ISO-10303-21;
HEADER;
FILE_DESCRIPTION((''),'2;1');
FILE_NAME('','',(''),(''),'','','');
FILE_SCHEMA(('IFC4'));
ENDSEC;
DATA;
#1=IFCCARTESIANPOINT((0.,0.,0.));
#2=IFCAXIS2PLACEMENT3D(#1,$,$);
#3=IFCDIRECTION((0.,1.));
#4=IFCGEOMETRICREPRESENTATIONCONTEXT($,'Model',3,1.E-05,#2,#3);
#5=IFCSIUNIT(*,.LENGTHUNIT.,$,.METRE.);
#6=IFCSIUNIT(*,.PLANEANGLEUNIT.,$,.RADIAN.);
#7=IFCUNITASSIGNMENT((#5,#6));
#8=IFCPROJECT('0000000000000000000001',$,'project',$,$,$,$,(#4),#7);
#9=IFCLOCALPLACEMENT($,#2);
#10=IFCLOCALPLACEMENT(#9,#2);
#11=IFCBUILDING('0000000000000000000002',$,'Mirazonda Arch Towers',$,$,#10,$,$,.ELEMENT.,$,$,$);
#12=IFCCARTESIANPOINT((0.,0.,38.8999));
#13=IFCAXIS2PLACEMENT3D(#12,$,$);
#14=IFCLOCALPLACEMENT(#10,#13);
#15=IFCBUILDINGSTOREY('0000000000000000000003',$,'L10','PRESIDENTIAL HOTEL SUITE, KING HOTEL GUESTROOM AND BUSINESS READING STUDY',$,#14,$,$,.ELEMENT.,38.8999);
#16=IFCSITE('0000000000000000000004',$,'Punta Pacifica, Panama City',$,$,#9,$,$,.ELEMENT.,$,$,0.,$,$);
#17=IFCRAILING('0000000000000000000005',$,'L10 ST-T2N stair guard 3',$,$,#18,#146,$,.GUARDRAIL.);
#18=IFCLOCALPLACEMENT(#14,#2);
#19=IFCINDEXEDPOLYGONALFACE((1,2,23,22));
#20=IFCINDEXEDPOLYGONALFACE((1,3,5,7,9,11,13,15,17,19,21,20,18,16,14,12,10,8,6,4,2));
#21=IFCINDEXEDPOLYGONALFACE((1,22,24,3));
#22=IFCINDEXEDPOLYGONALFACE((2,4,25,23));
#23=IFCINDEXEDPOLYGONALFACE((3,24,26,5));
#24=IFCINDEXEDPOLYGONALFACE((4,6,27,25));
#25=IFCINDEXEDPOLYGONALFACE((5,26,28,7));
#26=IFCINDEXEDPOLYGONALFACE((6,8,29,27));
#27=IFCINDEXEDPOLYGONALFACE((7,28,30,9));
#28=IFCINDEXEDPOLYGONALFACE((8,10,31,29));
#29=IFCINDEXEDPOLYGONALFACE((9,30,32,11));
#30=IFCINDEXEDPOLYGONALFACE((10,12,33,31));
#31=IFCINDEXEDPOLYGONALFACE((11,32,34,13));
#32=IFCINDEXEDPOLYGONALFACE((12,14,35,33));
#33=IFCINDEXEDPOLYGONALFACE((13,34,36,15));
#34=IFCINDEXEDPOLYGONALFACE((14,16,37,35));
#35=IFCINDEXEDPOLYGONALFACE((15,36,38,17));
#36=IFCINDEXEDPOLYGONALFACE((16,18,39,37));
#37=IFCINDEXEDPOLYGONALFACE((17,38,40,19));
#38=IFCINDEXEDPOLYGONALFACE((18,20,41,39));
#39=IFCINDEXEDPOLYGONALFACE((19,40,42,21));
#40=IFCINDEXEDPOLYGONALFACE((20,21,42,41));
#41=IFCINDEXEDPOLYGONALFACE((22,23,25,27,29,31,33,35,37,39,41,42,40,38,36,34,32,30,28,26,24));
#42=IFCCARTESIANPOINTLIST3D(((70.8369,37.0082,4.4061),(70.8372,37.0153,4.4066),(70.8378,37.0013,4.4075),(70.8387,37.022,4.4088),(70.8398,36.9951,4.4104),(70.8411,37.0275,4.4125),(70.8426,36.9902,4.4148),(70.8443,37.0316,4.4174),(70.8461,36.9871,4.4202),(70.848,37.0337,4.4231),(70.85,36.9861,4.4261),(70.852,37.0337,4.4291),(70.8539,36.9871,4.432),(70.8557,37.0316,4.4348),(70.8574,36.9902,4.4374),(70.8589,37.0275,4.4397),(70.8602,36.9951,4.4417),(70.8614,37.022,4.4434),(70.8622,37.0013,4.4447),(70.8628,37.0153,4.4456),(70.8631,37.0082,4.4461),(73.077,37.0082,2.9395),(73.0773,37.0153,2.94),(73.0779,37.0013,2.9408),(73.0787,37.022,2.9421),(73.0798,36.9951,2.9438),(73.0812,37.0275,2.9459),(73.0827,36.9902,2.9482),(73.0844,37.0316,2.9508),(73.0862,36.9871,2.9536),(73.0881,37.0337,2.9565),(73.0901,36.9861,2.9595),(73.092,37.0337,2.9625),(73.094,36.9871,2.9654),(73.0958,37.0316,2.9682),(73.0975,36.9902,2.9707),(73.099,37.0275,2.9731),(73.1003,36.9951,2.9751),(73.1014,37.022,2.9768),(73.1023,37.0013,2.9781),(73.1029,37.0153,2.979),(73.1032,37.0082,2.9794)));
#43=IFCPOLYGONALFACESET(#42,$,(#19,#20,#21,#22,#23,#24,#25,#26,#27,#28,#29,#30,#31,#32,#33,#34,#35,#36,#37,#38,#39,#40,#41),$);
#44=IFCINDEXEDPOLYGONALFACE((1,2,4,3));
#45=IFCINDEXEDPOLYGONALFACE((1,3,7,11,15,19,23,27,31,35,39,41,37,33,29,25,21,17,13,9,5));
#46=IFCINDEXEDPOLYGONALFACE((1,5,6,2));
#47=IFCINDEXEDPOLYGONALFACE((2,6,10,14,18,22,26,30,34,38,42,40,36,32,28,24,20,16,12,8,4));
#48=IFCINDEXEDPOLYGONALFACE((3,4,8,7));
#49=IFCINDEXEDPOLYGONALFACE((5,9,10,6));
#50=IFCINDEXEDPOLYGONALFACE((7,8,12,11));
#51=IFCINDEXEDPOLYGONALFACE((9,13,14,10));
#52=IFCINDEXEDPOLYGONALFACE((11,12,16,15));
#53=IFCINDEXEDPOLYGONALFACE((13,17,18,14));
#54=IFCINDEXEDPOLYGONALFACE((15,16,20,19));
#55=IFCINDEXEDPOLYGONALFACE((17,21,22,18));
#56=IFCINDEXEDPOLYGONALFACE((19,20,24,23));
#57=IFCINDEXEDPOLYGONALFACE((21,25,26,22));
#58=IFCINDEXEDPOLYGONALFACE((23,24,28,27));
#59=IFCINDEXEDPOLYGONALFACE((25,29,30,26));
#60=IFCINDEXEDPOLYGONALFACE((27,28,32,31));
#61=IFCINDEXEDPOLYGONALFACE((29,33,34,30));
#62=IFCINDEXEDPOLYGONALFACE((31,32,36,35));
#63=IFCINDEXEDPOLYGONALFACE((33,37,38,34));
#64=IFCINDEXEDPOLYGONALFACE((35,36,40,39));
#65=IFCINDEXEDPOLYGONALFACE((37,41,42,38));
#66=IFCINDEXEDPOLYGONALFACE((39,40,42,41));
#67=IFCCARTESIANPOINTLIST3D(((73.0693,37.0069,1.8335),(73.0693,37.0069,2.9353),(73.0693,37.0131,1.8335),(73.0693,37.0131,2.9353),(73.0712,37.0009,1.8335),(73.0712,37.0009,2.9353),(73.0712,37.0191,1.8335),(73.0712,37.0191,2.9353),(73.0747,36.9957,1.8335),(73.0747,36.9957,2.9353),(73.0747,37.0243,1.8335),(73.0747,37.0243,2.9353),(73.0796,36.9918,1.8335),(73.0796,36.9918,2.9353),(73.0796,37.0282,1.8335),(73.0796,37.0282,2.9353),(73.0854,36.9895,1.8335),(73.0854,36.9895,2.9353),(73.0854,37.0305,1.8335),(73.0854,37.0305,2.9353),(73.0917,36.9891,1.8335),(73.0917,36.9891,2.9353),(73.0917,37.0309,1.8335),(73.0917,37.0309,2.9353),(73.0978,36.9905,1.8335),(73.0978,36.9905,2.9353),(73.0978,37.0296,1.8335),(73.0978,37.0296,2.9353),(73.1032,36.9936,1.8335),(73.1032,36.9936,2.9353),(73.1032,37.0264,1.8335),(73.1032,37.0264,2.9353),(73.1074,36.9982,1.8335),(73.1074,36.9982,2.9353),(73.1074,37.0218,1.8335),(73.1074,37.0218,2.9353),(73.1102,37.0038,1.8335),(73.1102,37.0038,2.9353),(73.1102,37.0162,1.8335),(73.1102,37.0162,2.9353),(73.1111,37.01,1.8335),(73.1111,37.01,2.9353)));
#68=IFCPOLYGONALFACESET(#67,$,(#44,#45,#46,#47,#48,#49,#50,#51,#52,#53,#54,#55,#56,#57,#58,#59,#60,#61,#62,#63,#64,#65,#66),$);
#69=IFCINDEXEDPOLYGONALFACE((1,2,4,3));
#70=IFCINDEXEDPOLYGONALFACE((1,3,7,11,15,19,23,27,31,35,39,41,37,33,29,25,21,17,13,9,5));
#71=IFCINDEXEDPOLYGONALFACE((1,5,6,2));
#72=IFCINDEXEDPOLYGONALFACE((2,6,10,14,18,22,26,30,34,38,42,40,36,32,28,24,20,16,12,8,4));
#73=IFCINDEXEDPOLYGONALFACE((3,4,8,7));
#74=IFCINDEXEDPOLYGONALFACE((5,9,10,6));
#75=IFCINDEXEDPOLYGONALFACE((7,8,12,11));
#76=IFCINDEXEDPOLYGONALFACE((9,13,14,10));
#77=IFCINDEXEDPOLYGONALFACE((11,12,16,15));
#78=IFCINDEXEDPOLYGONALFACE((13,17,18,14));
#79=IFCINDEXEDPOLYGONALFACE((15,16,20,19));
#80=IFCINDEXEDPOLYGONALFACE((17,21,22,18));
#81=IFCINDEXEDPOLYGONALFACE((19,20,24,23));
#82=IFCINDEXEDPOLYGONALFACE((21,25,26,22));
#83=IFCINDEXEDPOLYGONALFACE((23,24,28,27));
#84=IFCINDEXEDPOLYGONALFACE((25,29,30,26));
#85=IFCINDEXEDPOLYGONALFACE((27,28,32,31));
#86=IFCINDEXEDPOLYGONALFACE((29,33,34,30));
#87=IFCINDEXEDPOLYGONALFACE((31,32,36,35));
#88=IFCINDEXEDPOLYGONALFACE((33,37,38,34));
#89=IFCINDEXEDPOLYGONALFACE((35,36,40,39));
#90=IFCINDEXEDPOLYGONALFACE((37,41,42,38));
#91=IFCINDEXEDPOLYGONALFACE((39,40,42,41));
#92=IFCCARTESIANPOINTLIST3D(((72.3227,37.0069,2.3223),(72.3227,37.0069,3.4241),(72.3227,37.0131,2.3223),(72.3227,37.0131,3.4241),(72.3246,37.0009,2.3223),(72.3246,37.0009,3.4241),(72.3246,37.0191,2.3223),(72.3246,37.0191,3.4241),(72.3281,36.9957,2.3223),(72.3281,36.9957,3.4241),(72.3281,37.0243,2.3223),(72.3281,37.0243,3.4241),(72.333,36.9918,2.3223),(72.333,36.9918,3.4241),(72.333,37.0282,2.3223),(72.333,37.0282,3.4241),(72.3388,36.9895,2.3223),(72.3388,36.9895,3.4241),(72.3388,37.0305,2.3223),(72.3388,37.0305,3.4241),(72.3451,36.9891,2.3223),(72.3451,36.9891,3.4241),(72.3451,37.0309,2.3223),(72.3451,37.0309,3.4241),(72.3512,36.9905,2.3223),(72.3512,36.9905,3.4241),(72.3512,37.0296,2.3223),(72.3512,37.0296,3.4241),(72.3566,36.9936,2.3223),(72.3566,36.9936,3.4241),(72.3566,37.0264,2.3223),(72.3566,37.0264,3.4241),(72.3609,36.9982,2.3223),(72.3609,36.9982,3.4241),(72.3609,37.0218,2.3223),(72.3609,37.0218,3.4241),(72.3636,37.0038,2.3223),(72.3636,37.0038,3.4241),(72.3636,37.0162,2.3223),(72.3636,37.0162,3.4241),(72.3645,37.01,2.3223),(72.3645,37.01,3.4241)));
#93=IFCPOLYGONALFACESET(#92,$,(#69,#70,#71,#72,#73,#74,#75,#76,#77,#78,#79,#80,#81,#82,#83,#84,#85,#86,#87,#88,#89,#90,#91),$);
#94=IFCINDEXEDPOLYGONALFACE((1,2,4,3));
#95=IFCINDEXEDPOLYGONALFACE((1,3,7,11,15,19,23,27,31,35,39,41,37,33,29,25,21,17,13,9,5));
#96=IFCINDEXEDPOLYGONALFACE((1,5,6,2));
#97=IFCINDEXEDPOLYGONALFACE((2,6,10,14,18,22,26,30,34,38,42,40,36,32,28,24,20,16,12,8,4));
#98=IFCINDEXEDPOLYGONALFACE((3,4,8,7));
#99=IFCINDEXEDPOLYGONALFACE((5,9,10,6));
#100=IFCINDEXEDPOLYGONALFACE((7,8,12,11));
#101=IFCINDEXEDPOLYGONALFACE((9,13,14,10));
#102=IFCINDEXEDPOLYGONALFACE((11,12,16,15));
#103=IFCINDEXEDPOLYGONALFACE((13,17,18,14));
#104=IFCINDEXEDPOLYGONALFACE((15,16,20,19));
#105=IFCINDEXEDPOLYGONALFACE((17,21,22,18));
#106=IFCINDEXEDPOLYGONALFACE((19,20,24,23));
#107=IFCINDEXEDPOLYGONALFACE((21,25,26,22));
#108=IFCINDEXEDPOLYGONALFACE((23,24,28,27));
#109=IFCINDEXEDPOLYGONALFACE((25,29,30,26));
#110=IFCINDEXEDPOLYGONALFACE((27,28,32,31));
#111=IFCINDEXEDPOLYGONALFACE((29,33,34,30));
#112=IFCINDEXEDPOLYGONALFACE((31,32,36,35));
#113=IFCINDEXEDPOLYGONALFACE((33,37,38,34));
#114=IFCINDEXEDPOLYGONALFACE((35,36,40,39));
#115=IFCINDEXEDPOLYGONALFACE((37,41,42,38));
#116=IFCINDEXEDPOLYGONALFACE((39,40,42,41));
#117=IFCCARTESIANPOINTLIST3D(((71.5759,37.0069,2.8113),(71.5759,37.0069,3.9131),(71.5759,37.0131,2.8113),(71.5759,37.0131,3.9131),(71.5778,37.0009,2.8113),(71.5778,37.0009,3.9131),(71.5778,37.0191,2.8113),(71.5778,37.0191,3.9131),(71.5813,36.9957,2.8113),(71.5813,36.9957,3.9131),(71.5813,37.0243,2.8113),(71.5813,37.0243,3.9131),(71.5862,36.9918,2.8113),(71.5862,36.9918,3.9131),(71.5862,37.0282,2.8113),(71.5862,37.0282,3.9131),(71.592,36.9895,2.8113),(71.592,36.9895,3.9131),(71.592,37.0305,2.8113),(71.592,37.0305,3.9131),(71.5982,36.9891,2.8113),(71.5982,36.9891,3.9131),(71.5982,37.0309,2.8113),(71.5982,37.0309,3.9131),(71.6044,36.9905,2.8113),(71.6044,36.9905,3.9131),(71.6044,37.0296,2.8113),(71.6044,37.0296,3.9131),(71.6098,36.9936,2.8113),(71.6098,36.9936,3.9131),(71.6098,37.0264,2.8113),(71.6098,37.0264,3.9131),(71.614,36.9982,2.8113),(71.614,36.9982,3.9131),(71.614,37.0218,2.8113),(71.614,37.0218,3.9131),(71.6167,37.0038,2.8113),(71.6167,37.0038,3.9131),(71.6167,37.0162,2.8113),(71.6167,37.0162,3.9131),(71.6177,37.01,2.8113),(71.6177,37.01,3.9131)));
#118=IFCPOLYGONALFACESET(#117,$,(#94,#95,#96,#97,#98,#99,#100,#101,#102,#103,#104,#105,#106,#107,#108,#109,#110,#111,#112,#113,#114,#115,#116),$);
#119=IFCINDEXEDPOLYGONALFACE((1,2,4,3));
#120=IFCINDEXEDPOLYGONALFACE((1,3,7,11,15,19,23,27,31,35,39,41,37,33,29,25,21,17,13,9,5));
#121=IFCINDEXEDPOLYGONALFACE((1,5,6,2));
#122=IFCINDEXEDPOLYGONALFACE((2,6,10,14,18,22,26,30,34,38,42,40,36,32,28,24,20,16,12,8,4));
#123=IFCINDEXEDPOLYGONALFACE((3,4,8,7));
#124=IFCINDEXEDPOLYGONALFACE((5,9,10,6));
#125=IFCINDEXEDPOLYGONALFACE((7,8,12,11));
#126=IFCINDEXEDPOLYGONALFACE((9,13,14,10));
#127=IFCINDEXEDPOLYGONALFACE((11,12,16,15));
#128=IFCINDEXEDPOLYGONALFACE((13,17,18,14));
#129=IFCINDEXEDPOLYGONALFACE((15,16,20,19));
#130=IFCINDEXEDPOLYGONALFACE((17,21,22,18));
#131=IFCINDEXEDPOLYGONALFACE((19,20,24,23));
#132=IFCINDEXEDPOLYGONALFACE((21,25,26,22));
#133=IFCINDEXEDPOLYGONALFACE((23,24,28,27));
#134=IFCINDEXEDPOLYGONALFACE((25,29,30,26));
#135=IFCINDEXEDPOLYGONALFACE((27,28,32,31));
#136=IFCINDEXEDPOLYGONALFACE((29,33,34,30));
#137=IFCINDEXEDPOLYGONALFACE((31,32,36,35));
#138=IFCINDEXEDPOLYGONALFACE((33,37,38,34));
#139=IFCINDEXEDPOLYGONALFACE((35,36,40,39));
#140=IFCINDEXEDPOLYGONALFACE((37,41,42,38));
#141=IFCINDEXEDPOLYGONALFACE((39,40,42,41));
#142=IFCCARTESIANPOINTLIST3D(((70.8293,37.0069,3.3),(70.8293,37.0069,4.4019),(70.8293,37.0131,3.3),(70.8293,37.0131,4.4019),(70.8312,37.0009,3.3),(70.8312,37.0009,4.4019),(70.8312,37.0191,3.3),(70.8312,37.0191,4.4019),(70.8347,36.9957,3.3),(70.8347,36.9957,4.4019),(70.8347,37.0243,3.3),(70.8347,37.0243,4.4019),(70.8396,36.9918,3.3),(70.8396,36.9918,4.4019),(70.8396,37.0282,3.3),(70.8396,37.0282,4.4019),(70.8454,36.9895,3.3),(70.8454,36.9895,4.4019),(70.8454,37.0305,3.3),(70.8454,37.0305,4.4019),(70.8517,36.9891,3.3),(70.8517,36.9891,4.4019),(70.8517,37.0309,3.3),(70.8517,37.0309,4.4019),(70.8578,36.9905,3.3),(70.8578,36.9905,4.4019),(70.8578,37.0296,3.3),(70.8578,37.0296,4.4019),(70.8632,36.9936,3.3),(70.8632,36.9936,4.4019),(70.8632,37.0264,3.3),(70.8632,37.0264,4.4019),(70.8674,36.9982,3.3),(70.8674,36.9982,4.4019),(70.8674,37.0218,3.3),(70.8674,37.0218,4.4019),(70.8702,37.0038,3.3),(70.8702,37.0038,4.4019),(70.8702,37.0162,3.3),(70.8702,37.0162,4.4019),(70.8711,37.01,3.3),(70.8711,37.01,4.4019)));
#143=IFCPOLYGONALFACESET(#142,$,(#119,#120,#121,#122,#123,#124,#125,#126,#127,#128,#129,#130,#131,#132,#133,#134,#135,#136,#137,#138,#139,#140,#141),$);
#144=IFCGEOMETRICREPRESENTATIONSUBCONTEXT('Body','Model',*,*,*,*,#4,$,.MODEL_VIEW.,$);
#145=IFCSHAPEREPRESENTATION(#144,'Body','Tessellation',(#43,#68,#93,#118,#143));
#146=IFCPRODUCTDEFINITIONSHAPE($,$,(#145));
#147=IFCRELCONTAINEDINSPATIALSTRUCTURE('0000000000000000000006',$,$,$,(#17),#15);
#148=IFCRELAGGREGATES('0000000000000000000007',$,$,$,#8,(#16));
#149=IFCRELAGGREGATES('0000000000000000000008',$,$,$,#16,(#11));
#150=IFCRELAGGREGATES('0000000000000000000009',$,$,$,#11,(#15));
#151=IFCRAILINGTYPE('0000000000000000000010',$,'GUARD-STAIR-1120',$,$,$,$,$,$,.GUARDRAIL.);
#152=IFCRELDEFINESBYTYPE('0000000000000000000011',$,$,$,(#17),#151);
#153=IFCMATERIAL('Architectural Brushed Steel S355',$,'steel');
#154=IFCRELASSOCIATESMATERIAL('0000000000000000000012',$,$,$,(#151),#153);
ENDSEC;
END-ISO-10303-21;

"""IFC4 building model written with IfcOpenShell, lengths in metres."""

from ifc_helpers import new_model, si_unit, direction, frame, origin, origin_2d, place, context, subcontext, project, spatial, circle, extrude, material, type_object, element, save


model = new_model("IFC4")

# Units and contexts
model_context = context("Model", 3, precision=1e-05, world=origin(), true_north=direction((0.0, 1.0)))
body_context = subcontext(model_context, "Body", "Model", "MODEL_VIEW")
ifc_project = project(units=[si_unit("LENGTHUNIT", "METRE"), si_unit("PLANEANGLEUNIT", "RADIAN")], contexts=[model_context])

# Site, building, storey
site_placement = place(None, origin())
site = spatial("IfcSite", under=ifc_project, at=site_placement, Name="Punta Pacifica, Panama City", CompositionType="ELEMENT", RefElevation=0.0)
building_placement = place(site_placement, origin())
building = spatial("IfcBuilding", under=site, at=building_placement, Name="Mirazonda Arch Towers", CompositionType="ELEMENT")
storey_placement = place(building_placement, frame((0.0, 0.0, 38.8999)))
storey = spatial("IfcBuildingStorey", under=building, at=storey_placement, Name="L10", Description="PRESIDENTIAL HOTEL SUITE, KING HOTEL GUESTROOM AND BUSINESS READING STUDY", CompositionType="ELEMENT", Elevation=38.8999)

# Railing
ifc_material_1 = material(Name="Architectural Brushed Steel S355", Category="steel")
railing_type_1 = type_object("IfcRailingType", Name="GUARD-STAIR-1120", PredefinedType="GUARDRAIL", material=ifc_material_1)
railing_1_placement = place(storey_placement, frame((73.0901, 37.01, 1.8335)))
element("IfcRailing", 1, at=railing_1_placement, inside=storey, type_object=railing_type_1, Name="L10 ST-T2N stair guard 3", PredefinedType="GUARDRAIL", context=body_context, shape_type="SweptSolid", body=[
    extrude(circle(Radius=0.0239, at=origin_2d()), frame((0.0, 0.0, 1.126), z_axis=(-0.836637, 0.0, 0.547758), x_axis=(0.0, -1.0, 0.0)), (0.0, 0.0, 1.0), 2.6775),
    extrude(circle(Radius=0.021, at=origin_2d()), origin(), (0.0, 0.0, 1.0), 1.1018),
    extrude(circle(Radius=0.021, at=origin_2d()), frame((-0.7466, 0.0, 0.4888)), (0.0, 0.0, 1.0), 1.1018),
    extrude(circle(Radius=0.021, at=origin_2d()), frame((-1.4934, 0.0, 0.9778)), (0.0, 0.0, 1.0), 1.1018),
    extrude(circle(Radius=0.021, at=origin_2d()), frame((-2.24, 0.0, 1.4666)), (0.0, 0.0, 1.0), 1.1018),
])

save(model, "model.ifc")
